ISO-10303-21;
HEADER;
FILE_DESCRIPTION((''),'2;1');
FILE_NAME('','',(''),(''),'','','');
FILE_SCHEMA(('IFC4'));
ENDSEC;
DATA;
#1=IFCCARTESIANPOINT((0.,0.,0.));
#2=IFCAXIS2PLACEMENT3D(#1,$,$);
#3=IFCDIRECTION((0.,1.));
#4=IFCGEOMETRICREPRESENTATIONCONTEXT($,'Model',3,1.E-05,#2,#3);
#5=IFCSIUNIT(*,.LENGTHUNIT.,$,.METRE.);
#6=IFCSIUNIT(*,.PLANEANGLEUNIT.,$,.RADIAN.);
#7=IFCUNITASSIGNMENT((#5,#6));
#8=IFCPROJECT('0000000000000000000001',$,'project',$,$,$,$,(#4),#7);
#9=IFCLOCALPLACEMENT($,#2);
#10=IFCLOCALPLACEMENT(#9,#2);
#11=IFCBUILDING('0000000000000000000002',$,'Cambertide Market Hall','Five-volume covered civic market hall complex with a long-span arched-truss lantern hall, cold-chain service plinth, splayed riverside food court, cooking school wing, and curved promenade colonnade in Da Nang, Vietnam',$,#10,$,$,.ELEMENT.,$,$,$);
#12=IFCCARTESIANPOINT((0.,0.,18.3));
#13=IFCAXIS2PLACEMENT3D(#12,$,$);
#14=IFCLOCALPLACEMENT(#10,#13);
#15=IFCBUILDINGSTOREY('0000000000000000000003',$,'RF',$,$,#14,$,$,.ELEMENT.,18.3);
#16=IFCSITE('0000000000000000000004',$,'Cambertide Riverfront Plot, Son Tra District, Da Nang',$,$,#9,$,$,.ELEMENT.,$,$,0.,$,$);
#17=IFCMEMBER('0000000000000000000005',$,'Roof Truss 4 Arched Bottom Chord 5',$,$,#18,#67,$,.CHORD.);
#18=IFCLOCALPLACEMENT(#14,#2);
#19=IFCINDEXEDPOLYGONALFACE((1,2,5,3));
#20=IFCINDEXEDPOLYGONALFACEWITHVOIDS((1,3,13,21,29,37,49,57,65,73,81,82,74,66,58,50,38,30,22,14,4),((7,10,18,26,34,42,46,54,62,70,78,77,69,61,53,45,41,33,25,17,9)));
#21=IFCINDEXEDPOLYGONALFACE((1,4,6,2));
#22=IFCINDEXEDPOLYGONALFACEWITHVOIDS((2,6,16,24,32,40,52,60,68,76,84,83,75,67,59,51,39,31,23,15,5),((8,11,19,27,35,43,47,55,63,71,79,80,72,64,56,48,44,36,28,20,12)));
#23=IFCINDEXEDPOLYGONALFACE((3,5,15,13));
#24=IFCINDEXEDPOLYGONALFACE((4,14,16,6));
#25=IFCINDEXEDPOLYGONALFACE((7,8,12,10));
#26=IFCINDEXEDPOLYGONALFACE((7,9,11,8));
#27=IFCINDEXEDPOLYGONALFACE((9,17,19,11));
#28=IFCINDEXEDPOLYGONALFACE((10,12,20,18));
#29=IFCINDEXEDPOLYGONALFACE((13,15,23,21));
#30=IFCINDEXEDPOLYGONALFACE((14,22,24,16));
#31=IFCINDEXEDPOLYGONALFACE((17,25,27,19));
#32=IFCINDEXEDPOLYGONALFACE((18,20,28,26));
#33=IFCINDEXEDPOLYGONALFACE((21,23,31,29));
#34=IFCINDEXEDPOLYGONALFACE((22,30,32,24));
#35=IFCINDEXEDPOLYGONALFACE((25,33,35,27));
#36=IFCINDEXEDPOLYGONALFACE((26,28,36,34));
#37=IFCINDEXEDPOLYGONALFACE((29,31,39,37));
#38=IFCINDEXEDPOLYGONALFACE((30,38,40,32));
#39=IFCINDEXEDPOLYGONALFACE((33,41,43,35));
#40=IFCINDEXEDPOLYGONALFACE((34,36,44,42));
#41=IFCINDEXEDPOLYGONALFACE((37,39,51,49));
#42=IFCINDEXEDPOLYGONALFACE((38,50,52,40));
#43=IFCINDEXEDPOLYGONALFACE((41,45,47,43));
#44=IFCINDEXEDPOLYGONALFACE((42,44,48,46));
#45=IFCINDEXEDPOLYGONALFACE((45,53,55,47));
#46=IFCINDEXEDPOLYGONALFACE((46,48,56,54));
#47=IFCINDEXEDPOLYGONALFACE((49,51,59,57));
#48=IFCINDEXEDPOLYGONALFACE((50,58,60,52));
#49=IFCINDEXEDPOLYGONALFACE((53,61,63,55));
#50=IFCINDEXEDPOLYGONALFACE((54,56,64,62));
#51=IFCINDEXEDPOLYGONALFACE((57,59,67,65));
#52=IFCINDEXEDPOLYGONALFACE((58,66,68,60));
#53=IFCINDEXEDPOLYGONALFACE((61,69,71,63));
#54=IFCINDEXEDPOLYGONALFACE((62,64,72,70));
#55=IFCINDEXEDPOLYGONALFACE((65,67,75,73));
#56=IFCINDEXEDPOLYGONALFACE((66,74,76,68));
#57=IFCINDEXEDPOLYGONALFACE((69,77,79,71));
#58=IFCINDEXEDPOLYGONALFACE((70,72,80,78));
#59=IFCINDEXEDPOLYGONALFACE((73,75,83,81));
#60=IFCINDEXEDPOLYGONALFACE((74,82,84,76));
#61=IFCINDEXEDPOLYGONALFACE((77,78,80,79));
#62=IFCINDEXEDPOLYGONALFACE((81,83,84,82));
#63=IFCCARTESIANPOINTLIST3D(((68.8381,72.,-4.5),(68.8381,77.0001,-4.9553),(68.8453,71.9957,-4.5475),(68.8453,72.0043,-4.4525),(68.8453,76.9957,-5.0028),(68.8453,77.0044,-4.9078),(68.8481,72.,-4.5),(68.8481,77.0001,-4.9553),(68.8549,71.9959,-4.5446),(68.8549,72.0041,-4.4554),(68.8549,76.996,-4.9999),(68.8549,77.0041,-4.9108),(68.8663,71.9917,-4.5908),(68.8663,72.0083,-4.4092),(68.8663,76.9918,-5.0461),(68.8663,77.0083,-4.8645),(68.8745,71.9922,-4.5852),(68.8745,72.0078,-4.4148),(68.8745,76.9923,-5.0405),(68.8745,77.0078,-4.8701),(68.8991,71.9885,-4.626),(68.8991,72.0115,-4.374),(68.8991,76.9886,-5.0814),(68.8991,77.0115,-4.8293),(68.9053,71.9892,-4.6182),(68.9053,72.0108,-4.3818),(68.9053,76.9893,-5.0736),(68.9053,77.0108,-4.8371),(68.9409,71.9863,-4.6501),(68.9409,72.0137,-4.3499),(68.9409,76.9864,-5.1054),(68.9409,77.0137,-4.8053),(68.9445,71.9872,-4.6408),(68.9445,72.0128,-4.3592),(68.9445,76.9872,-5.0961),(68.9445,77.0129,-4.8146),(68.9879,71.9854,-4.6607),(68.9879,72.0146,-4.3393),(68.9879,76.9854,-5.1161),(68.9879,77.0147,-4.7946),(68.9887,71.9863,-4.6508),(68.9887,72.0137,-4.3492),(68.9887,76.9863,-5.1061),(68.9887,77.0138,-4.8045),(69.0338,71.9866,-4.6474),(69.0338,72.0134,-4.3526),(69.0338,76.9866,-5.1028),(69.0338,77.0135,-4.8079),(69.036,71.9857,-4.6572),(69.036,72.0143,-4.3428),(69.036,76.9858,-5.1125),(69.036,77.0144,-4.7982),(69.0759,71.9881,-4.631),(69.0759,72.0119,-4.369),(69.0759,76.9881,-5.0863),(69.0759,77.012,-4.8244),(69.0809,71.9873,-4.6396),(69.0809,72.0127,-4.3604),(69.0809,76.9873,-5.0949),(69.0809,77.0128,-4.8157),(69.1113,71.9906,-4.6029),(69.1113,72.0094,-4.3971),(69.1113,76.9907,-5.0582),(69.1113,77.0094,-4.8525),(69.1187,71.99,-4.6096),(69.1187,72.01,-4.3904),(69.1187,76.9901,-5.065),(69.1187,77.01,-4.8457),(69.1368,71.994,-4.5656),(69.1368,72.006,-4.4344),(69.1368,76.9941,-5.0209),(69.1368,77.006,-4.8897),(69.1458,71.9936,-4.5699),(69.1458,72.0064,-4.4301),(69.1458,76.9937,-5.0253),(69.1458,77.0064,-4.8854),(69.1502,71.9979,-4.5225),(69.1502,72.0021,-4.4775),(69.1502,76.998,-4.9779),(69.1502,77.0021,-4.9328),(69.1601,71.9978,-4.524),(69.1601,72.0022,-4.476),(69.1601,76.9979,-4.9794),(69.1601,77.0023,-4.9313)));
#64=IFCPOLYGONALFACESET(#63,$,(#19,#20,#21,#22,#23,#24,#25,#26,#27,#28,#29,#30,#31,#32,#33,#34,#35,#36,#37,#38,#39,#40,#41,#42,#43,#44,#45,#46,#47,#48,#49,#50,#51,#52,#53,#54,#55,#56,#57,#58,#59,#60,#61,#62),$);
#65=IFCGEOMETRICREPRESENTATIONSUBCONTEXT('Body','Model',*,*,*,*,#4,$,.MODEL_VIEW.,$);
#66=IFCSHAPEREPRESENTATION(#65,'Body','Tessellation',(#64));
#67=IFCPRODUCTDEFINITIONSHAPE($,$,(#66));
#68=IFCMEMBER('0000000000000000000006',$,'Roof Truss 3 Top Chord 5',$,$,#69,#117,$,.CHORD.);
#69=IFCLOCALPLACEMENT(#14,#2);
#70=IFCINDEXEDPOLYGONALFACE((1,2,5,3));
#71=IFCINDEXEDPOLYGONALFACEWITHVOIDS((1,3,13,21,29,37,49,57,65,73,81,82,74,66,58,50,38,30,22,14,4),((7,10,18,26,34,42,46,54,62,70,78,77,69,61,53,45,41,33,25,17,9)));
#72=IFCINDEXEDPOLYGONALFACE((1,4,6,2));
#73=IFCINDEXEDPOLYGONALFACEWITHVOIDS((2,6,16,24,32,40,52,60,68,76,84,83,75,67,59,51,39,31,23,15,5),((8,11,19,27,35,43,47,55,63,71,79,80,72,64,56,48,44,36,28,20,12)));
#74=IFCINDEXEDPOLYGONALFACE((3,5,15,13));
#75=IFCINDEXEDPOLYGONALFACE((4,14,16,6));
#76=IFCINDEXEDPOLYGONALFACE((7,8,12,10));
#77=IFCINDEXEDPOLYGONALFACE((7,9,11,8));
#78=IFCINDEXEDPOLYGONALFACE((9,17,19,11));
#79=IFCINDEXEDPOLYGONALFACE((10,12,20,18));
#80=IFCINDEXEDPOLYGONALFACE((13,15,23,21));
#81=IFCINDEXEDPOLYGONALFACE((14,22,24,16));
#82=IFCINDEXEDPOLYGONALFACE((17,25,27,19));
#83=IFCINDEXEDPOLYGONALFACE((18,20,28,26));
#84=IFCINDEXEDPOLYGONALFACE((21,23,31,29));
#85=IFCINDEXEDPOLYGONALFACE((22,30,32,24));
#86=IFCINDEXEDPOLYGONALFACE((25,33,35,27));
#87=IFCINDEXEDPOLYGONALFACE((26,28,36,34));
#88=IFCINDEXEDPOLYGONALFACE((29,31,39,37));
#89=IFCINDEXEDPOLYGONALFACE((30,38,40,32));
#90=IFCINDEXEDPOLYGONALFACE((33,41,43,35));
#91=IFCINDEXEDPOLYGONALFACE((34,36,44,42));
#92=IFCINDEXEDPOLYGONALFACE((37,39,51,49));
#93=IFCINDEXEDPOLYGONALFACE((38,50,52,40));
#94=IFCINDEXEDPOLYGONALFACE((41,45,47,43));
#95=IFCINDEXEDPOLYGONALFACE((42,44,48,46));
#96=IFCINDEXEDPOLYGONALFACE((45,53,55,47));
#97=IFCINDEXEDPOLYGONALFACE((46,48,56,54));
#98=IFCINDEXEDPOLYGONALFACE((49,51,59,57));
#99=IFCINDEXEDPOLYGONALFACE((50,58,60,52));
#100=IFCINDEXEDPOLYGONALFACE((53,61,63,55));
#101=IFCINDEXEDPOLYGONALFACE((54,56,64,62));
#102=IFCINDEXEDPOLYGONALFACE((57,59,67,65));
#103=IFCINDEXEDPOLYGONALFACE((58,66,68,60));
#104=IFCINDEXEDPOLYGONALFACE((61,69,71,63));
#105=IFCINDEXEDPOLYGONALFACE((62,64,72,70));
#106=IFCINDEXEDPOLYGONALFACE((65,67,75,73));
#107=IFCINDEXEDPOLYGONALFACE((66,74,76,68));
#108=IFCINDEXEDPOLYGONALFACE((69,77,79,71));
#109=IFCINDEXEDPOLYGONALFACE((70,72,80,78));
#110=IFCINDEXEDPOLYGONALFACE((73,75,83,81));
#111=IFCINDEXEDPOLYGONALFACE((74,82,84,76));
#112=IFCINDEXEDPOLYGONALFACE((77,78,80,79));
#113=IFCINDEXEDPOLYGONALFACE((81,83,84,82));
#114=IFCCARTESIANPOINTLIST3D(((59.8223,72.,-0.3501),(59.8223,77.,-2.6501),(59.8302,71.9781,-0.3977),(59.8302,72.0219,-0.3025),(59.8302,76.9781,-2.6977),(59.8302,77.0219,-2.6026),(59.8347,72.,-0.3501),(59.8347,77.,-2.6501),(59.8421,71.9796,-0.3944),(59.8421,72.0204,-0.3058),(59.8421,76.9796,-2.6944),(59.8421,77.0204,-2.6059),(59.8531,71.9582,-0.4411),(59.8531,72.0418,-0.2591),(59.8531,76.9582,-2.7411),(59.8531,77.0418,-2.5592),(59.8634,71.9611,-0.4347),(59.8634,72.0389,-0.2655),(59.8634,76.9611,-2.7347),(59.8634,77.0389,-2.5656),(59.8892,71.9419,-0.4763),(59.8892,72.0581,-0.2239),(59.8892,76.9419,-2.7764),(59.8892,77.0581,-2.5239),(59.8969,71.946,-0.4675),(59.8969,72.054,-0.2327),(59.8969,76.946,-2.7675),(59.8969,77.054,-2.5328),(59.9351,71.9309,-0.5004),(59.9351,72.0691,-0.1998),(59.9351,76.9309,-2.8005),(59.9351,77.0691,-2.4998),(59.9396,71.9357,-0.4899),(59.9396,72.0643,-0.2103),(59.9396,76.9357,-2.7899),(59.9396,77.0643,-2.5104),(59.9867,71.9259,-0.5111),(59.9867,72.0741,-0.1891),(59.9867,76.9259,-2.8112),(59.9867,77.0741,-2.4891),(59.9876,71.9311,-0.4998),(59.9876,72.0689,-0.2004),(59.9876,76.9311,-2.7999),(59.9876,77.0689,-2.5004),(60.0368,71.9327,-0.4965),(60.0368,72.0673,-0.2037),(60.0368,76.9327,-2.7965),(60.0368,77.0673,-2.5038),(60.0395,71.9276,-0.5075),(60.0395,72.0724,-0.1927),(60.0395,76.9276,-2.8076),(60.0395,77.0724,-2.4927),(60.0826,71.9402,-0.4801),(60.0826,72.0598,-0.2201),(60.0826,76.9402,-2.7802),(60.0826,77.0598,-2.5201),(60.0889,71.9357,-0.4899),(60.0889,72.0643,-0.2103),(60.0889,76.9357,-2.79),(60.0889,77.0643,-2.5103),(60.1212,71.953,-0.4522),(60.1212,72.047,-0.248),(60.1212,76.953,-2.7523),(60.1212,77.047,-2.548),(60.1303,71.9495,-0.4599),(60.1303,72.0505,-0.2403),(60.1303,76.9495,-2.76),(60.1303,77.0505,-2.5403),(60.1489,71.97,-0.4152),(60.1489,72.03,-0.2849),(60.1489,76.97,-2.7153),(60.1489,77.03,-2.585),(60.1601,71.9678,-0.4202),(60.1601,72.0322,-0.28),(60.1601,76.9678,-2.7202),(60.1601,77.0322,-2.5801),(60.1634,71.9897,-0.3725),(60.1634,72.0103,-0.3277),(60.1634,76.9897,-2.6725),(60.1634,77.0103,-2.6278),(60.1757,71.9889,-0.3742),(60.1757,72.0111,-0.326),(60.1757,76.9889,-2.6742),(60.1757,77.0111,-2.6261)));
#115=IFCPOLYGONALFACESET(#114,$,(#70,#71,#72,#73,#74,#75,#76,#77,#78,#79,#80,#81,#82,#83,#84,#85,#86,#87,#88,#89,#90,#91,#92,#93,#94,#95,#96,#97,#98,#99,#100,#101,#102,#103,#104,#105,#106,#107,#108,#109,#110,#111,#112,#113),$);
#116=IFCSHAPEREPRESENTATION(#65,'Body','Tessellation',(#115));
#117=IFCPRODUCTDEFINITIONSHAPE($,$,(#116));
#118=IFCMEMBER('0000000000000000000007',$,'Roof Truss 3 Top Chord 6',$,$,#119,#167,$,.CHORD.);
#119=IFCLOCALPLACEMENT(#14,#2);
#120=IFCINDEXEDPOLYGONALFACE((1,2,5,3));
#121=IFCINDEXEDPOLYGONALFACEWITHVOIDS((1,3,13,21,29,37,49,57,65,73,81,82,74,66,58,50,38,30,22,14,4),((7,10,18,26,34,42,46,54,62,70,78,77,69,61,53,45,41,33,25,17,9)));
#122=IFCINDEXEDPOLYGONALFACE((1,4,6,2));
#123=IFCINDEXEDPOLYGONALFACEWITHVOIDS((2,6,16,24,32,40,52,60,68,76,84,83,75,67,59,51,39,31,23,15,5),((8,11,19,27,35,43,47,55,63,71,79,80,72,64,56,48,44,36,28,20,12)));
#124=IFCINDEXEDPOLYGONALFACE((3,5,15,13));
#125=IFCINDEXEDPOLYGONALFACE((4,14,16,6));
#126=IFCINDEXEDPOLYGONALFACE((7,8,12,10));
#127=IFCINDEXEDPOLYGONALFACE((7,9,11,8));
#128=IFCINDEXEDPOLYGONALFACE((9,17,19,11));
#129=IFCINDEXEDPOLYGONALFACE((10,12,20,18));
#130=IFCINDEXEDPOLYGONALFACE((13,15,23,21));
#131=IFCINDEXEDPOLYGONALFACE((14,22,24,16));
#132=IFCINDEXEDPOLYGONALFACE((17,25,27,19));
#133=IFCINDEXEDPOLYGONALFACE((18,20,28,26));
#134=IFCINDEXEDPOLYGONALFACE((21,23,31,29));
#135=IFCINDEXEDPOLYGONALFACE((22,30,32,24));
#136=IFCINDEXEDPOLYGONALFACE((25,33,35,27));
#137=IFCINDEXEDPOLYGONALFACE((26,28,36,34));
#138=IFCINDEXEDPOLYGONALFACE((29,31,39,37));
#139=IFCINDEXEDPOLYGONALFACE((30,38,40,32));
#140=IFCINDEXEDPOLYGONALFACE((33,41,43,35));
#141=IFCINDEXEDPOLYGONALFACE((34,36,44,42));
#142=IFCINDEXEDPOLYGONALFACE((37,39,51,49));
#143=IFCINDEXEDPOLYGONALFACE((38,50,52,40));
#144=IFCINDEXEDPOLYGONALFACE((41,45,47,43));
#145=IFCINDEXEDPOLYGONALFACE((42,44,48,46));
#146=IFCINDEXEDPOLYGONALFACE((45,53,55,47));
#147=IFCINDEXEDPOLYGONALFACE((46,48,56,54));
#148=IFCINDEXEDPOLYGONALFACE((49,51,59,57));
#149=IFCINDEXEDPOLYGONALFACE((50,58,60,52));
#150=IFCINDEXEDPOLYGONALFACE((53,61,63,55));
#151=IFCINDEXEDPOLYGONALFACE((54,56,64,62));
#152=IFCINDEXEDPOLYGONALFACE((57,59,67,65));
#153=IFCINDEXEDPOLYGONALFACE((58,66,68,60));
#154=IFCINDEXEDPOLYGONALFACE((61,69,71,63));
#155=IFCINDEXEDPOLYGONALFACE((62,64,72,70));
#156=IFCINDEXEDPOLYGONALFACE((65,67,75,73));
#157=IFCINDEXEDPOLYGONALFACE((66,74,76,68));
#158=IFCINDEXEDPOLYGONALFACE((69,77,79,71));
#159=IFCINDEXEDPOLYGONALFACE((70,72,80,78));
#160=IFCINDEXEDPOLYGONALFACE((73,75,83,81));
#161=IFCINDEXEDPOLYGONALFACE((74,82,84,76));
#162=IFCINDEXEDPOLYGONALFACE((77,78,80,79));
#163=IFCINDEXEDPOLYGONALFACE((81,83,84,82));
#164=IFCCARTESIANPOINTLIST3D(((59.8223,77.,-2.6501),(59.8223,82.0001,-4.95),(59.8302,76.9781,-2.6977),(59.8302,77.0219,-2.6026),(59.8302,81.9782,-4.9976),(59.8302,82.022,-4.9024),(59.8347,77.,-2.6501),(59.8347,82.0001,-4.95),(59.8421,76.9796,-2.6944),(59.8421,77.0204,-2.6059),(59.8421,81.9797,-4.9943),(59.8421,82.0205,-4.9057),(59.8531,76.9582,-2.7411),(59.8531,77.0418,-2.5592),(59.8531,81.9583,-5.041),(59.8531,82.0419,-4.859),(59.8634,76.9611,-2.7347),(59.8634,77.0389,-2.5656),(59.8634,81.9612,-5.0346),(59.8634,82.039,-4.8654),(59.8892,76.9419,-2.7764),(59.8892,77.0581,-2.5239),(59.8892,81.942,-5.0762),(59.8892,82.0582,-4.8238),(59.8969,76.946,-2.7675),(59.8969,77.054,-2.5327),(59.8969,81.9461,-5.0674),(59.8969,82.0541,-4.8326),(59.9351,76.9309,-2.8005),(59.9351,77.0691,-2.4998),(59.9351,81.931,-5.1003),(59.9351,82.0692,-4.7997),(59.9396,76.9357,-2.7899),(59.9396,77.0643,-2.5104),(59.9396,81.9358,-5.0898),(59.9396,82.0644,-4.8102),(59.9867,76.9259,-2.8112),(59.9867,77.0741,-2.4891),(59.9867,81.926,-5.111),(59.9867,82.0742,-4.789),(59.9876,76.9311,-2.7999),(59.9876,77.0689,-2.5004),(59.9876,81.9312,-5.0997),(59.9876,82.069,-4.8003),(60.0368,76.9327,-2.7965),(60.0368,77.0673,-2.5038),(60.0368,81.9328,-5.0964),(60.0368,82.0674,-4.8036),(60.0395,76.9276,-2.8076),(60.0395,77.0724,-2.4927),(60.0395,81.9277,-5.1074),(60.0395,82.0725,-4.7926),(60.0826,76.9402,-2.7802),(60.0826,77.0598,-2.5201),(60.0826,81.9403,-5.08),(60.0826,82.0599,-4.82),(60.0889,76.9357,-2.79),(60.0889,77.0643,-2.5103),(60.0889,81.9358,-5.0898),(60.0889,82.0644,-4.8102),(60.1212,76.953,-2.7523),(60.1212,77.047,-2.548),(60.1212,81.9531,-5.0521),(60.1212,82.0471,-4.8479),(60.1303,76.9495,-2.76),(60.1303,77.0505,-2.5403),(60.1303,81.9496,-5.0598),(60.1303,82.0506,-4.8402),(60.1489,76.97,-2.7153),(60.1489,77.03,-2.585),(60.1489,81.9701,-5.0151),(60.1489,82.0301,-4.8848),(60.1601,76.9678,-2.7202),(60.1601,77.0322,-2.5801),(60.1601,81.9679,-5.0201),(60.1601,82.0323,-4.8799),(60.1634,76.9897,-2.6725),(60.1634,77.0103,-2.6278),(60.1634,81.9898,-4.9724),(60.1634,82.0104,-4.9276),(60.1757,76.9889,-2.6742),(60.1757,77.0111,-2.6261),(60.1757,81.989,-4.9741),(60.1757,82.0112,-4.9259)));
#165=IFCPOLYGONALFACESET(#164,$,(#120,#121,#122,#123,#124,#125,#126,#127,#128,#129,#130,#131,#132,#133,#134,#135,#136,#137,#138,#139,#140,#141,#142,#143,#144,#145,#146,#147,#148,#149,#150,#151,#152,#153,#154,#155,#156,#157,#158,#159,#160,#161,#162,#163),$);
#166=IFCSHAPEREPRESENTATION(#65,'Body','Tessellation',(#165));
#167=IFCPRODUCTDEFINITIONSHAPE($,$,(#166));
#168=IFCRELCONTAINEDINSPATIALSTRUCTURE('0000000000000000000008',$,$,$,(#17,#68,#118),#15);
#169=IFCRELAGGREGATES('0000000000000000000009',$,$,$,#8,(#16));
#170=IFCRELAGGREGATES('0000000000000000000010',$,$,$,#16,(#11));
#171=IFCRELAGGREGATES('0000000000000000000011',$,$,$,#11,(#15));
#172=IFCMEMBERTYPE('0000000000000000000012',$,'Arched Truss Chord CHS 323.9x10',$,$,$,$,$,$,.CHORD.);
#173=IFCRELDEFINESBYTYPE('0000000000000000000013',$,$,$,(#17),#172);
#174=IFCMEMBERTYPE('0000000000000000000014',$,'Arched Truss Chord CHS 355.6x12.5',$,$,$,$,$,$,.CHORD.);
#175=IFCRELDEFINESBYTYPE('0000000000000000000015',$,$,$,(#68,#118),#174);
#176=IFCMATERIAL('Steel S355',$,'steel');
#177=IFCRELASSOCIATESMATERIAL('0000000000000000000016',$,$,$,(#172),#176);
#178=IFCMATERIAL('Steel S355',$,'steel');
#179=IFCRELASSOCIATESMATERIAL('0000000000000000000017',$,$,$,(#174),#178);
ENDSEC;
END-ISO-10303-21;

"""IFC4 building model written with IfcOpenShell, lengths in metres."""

from ifc_helpers import new_model, si_unit, direction, frame, origin, origin_2d, place, context, subcontext, project, spatial, hollow_circle, extrude, material, material_profile, profile_set, type_object, element, save


model = new_model("IFC4")

# Units and contexts
model_context = context("Model", 3, precision=1e-05, world=origin(), true_north=direction((0.0, 1.0)))
body_context = subcontext(model_context, "Body", "Model", "MODEL_VIEW")
ifc_project = project(units=[si_unit("LENGTHUNIT", "METRE"), si_unit("PLANEANGLEUNIT", "RADIAN")], contexts=[model_context])

# Site, building, storey
site_placement = place(None, origin())
site = spatial("IfcSite", under=ifc_project, at=site_placement, Name="Cambertide Riverfront Plot, Son Tra District, Da Nang", CompositionType="ELEMENT", RefElevation=0.0)
building_placement = place(site_placement, origin())
building = spatial("IfcBuilding", under=site, at=building_placement, Name="Cambertide Market Hall", Description="Five-volume covered civic market hall complex with a long-span arched-truss lantern hall, cold-chain service plinth, splayed riverside food court, cooking school wing, and curved promenade colonnade in Da Nang, Vietnam", CompositionType="ELEMENT")
storey_placement = place(building_placement, frame((0.0, 0.0, 18.3)))
storey = spatial("IfcBuildingStorey", under=building, at=storey_placement, Name="RF", CompositionType="ELEMENT", Elevation=18.3)

# Members
ifc_material_1 = material(Name="Steel S355", Category="steel")
ifc_material_profile_1 = material_profile(ifc_material_1, hollow_circle(Radius=0.1619, WallThickness=0.01, at=origin_2d()), Name="CHS 323.9x10")
ifc_profile_set_1 = profile_set([ifc_material_profile_1], Name="Steel S355")
member_type_1 = type_object("IfcMemberType", Name="Arched Truss Chord CHS 323.9x10", PredefinedType="CHORD", material=ifc_profile_set_1)
member_1_placement = place(storey_placement, frame((69.0, 72.0, -4.5), z_axis=(0.0, 0.995879, -0.090689), x_axis=(-1.0, 0.0, 0.0)))
element("IfcMember", 1, at=member_1_placement, inside=storey, type_object=member_type_1, Name="Roof Truss 4 Arched Bottom Chord 5", PredefinedType="CHORD", context=body_context, shape_type="SweptSolid", body=[
    extrude(hollow_circle(Radius=0.1619, WallThickness=0.01, at=origin_2d()), origin(), (0.0, 0.0, 1.0), 5.0208),
])
ifc_material_2 = material(Name="Steel S355", Category="steel")
ifc_material_profile_2 = material_profile(ifc_material_2, hollow_circle(Radius=0.1777, WallThickness=0.0125, at=origin_2d()), Name="CHS 355.6x12.5")
ifc_profile_set_2 = profile_set([ifc_material_profile_2], Name="Steel S355")
member_type_2 = type_object("IfcMemberType", Name="Arched Truss Chord CHS 355.6x12.5", PredefinedType="CHORD", material=ifc_profile_set_2)
for number, where, z_axis, x_axis, name in (
    (2, (60.0, 72.0, -0.3501), (0.0, 0.908487, -0.417913), (-1.0, 0.0, 0.0), "Roof Truss 3 Top Chord 5"),
    (3, (60.0, 77.0, -2.6501), (0.0, 0.908504, -0.417876), (-1.0, 0.0, 0.0), "Roof Truss 3 Top Chord 6"),
):
    element("IfcMember", number, at=place(storey_placement, frame(where, z_axis=z_axis, x_axis=x_axis)), inside=storey, type_object=member_type_2, Name=name, PredefinedType="CHORD", context=body_context, shape_type="SweptSolid", body=[
        extrude(hollow_circle(Radius=0.1777, WallThickness=0.0125, at=origin_2d()), origin(), (0.0, 0.0, 1.0), 5.5037),
    ])

save(model, "model.ifc")
